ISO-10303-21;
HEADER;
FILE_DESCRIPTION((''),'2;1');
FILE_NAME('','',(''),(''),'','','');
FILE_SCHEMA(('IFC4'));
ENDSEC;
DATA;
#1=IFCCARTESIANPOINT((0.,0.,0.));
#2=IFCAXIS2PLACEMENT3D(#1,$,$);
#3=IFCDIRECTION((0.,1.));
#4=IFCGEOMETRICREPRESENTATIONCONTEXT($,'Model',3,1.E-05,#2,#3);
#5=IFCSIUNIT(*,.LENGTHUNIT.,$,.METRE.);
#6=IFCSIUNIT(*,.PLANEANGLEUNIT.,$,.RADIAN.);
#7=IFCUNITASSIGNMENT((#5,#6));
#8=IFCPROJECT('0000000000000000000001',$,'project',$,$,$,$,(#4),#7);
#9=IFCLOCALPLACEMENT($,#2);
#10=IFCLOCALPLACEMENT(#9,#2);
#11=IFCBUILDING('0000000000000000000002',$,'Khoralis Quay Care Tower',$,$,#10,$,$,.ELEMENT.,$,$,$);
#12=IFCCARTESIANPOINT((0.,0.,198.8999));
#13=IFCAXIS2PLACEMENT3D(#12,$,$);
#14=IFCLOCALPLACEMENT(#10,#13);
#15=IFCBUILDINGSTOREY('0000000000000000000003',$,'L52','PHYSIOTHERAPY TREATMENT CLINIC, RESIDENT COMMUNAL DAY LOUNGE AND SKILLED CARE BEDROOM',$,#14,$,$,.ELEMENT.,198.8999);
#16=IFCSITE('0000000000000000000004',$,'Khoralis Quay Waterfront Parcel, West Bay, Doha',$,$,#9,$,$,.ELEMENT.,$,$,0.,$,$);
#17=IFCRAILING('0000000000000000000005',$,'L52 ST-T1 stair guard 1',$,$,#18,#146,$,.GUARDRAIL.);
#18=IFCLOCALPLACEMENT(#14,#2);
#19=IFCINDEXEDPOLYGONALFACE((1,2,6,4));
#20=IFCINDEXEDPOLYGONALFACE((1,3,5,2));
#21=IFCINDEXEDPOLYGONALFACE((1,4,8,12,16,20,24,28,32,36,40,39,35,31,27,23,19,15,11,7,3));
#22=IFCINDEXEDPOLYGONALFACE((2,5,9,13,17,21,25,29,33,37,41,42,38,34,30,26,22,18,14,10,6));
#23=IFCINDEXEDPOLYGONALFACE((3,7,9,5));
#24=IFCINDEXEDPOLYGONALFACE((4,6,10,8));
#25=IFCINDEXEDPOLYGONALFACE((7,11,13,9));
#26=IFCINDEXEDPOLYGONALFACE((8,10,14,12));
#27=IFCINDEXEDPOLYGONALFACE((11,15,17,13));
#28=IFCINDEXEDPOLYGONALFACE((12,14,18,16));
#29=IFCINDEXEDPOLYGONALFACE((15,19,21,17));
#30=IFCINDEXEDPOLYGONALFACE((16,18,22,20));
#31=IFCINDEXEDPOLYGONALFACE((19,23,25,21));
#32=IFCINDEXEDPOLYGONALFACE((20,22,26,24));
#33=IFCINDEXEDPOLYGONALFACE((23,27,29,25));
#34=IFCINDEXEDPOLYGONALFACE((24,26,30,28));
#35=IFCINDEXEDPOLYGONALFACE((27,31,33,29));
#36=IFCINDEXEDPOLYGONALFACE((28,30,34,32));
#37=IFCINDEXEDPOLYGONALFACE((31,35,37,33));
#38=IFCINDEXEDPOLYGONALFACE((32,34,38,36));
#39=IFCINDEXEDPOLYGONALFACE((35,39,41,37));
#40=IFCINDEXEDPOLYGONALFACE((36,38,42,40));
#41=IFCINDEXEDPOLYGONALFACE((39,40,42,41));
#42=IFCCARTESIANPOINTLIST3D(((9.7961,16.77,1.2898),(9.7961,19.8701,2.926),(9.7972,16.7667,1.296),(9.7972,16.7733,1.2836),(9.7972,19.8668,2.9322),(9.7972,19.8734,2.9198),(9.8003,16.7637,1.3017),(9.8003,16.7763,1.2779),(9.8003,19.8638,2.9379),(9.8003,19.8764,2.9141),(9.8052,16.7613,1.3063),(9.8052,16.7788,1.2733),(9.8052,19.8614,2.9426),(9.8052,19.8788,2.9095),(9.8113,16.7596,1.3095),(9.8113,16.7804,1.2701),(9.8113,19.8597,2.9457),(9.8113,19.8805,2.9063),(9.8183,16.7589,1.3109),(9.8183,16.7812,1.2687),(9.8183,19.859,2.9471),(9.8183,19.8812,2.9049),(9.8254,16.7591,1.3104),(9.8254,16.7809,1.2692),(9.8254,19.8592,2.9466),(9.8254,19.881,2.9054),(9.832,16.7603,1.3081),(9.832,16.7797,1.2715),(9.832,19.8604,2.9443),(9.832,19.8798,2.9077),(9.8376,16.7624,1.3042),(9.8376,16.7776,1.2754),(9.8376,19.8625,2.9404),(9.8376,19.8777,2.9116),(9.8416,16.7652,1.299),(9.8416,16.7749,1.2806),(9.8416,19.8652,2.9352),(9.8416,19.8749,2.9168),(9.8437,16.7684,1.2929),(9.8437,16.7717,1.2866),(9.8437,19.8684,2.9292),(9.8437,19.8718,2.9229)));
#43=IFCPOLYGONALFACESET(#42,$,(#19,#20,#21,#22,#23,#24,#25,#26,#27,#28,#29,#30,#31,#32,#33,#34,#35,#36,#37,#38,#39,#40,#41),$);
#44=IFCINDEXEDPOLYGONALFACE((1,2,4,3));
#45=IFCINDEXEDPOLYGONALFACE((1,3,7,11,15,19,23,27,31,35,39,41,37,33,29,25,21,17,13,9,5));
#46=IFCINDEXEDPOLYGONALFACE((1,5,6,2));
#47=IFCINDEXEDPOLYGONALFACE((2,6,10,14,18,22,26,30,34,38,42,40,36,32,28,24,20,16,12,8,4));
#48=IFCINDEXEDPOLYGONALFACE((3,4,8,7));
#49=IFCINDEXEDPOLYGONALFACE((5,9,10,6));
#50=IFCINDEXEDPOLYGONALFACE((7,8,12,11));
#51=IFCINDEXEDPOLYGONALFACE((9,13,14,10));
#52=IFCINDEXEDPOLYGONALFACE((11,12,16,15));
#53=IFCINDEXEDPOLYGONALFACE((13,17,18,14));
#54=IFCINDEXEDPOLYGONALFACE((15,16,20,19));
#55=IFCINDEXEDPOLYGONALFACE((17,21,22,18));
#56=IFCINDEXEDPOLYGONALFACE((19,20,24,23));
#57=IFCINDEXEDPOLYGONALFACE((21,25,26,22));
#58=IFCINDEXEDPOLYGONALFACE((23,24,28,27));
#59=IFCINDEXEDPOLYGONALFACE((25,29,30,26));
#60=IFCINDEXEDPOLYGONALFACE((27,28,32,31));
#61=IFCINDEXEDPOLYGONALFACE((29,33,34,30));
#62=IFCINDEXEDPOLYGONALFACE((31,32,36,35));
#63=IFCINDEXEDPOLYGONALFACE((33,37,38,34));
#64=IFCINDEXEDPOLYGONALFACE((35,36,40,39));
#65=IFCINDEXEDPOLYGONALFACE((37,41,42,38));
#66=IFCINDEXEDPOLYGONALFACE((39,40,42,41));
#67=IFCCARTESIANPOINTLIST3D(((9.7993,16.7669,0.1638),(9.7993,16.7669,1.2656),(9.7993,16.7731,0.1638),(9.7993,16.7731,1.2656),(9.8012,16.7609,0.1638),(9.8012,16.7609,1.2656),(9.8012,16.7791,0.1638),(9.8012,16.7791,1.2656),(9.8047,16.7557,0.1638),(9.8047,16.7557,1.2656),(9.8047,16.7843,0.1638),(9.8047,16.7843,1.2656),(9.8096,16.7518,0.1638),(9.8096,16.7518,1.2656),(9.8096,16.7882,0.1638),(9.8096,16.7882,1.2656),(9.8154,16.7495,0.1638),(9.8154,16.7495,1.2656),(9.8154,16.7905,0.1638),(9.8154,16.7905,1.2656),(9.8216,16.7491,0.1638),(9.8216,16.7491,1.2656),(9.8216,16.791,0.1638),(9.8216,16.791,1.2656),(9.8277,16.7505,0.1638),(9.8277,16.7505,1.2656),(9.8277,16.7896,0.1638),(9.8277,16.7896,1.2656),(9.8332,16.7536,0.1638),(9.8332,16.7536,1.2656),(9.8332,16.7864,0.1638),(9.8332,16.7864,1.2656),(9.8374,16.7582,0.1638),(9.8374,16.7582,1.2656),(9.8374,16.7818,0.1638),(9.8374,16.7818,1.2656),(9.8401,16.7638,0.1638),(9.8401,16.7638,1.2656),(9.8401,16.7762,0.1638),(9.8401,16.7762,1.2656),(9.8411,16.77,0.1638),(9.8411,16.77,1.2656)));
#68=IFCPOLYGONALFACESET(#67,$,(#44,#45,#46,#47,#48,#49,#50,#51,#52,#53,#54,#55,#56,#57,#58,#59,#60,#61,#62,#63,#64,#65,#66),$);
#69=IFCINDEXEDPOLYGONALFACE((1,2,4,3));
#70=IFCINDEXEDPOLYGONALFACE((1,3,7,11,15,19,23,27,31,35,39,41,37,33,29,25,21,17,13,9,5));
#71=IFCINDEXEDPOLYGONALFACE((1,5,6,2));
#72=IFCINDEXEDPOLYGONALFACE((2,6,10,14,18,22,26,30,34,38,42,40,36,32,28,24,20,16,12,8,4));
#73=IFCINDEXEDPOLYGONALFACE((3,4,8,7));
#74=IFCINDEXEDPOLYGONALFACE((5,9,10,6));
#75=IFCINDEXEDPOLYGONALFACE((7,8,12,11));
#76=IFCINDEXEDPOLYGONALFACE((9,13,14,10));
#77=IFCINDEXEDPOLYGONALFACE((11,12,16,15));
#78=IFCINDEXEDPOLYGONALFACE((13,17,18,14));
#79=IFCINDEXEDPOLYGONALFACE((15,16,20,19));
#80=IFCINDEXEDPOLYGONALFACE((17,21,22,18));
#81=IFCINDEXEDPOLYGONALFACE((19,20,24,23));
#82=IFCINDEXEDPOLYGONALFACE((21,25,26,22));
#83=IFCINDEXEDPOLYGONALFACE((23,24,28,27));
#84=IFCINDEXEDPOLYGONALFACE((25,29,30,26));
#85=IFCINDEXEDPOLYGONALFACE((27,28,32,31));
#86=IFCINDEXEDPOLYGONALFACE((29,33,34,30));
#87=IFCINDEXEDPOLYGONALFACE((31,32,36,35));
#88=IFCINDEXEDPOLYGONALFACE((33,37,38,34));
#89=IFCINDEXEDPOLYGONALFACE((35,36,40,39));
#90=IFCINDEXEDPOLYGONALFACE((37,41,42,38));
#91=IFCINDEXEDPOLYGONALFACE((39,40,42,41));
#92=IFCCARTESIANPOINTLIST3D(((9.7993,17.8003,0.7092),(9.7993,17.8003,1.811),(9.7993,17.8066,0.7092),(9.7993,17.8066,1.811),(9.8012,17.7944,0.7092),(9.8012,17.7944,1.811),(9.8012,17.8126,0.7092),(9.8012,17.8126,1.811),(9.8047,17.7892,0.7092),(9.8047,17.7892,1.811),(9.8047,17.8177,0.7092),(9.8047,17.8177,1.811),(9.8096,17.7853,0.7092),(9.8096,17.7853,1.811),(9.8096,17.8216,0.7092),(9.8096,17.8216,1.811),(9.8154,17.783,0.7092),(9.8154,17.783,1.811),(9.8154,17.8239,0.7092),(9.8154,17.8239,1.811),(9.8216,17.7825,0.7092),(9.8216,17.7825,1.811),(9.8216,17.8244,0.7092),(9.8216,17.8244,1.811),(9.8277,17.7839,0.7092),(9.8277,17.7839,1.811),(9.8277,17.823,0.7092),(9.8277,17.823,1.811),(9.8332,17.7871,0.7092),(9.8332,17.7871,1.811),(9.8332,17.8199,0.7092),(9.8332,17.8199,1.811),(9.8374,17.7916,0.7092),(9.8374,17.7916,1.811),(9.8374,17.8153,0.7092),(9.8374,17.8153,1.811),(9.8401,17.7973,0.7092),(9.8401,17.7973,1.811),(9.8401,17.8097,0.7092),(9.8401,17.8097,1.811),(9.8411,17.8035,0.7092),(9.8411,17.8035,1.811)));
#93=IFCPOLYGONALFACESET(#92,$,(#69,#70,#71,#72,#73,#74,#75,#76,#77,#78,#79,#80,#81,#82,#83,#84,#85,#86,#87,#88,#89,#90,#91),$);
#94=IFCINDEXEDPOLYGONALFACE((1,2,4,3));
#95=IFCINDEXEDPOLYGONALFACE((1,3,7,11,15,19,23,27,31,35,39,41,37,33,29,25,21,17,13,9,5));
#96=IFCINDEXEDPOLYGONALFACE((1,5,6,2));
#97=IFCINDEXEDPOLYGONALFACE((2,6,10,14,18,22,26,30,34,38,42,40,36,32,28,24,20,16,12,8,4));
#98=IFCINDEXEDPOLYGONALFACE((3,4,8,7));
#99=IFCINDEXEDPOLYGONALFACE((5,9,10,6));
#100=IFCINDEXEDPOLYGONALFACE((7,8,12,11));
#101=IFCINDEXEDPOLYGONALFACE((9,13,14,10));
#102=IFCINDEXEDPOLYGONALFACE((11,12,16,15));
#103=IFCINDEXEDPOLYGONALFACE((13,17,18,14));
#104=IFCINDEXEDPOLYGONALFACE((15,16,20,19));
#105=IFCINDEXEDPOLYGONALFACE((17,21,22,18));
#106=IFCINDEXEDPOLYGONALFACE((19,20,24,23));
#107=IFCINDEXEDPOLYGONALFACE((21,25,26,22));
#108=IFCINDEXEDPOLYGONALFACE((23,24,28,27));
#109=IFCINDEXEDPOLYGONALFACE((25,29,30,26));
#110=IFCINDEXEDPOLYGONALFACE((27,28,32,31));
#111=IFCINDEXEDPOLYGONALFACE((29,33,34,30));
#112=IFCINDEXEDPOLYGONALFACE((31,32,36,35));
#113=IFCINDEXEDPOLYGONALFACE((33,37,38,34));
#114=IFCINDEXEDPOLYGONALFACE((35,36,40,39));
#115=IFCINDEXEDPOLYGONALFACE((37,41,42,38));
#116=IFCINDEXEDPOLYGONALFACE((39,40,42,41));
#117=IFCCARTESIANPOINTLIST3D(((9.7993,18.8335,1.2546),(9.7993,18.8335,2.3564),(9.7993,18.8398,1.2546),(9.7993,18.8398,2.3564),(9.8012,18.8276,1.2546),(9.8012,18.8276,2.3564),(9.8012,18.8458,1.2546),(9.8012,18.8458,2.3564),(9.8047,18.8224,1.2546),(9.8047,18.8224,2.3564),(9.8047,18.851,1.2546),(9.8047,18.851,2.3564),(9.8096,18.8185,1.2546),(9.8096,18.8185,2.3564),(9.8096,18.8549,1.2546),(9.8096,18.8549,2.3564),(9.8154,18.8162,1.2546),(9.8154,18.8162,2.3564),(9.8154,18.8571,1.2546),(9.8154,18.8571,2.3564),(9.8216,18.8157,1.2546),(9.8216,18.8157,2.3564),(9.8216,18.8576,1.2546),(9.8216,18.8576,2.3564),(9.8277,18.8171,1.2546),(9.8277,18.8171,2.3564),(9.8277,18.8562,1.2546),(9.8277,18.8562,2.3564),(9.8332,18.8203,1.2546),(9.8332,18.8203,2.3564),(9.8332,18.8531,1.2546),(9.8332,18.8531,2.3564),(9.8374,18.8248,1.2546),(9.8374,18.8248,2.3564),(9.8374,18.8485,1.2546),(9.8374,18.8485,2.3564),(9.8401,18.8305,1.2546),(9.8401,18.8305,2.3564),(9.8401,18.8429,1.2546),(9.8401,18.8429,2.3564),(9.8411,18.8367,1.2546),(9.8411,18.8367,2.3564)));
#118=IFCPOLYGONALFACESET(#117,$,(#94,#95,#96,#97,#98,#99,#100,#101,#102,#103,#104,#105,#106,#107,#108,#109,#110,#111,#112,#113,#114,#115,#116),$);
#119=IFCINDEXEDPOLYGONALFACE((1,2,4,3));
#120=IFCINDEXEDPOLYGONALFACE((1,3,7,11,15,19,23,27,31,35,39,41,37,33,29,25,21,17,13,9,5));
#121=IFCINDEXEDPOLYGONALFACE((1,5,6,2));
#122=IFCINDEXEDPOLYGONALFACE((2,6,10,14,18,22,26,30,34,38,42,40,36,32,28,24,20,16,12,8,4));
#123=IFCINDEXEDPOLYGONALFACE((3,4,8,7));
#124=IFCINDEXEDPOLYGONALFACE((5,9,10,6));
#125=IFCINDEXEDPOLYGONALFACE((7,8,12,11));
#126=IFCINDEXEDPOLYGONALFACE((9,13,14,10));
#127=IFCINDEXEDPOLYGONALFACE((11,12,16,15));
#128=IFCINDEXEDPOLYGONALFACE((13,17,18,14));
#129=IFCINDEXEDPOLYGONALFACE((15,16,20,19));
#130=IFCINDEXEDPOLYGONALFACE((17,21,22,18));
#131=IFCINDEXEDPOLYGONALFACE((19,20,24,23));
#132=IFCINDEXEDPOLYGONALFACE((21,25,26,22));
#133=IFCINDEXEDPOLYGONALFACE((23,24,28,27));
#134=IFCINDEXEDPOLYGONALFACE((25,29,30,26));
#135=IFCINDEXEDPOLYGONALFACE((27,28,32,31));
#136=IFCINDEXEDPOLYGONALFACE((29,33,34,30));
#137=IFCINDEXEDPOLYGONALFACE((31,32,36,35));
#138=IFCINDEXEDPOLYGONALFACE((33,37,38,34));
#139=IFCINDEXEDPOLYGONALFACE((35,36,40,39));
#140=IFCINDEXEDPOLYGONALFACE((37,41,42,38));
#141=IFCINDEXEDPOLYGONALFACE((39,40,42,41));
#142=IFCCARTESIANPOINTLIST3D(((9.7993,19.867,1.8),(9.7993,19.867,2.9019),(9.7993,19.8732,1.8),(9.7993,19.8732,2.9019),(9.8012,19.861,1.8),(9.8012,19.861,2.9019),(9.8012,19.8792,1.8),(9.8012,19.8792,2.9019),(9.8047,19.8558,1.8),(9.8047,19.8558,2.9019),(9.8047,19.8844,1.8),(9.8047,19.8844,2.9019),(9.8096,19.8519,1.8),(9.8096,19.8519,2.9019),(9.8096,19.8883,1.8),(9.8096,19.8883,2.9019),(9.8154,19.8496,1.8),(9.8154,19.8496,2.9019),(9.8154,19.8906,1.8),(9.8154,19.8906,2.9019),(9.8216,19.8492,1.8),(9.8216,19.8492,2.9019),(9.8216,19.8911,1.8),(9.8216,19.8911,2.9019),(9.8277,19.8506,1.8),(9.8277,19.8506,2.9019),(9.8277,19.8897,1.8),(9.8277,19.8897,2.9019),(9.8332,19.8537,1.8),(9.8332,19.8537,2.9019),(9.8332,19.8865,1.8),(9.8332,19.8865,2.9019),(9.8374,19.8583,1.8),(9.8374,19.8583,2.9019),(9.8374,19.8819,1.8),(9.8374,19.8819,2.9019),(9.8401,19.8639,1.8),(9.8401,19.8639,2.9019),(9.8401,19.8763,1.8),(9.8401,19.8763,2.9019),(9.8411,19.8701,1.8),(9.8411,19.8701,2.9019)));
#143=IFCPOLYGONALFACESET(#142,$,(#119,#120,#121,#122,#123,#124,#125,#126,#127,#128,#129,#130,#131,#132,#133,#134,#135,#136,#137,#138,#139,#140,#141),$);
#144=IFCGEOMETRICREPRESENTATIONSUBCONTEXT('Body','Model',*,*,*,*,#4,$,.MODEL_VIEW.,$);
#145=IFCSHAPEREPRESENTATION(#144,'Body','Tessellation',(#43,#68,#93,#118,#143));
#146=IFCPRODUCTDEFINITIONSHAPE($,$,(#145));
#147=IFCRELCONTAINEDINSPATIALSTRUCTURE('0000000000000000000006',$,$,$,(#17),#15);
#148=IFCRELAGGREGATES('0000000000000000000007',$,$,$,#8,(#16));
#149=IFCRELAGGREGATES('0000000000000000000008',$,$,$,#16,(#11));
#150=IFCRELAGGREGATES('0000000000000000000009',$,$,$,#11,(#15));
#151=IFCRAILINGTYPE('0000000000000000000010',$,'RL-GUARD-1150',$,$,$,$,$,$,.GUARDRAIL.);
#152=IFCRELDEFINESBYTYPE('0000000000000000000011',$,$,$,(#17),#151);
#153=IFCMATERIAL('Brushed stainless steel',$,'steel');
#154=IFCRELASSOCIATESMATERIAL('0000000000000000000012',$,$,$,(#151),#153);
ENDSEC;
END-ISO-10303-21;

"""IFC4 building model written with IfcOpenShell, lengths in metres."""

from ifc_helpers import new_model, si_unit, direction, frame, origin, origin_2d, place, context, subcontext, project, spatial, circle, extrude, material, type_object, element, save


model = new_model("IFC4")

# Units and contexts
model_context = context("Model", 3, precision=1e-05, world=origin(), true_north=direction((0.0, 1.0)))
body_context = subcontext(model_context, "Body", "Model", "MODEL_VIEW")
ifc_project = project(units=[si_unit("LENGTHUNIT", "METRE"), si_unit("PLANEANGLEUNIT", "RADIAN")], contexts=[model_context])

# Site, building, storey
site_placement = place(None, origin())
site = spatial("IfcSite", under=ifc_project, at=site_placement, Name="Khoralis Quay Waterfront Parcel, West Bay, Doha", CompositionType="ELEMENT", RefElevation=0.0)
building_placement = place(site_placement, origin())
building = spatial("IfcBuilding", under=site, at=building_placement, Name="Khoralis Quay Care Tower", CompositionType="ELEMENT")
storey_placement = place(building_placement, frame((0.0, 0.0, 198.8999)))
storey = spatial("IfcBuildingStorey", under=building, at=storey_placement, Name="L52", Description="PHYSIOTHERAPY TREATMENT CLINIC, RESIDENT COMMUNAL DAY LOUNGE AND SKILLED CARE BEDROOM", CompositionType="ELEMENT", Elevation=198.8999)

# Railing
ifc_material_1 = material(Name="Brushed stainless steel", Category="steel")
railing_type_1 = type_object("IfcRailingType", Name="RL-GUARD-1150", PredefinedType="GUARDRAIL", material=ifc_material_1)
railing_1_placement = place(storey_placement, frame((9.8201, 16.77, 0.1638)))
element("IfcRailing", 1, at=railing_1_placement, inside=storey, type_object=railing_type_1, Name="L52 ST-T1 stair guard 1", PredefinedType="GUARDRAIL", context=body_context, shape_type="SweptSolid", body=[
    extrude(circle(Radius=0.0239, at=origin_2d()), frame((0.0, 0.0, 1.126), z_axis=(0.0, 0.884377, 0.466774), x_axis=(-1.0, 0.0, 0.0)), (0.0, 0.0, 1.0), 3.5054),
    extrude(circle(Radius=0.021, at=origin_2d()), origin(), (0.0, 0.0, 1.0), 1.1018),
    extrude(circle(Radius=0.021, at=origin_2d()), frame((0.0, 1.0334, 0.5454)), (0.0, 0.0, 1.0), 1.1018),
    extrude(circle(Radius=0.021, at=origin_2d()), frame((0.0, 2.0667, 1.0908)), (0.0, 0.0, 1.0), 1.1018),
    extrude(circle(Radius=0.021, at=origin_2d()), frame((0.0, 3.1001, 1.6362)), (0.0, 0.0, 1.0), 1.1018),
])

save(model, "model.ifc")
